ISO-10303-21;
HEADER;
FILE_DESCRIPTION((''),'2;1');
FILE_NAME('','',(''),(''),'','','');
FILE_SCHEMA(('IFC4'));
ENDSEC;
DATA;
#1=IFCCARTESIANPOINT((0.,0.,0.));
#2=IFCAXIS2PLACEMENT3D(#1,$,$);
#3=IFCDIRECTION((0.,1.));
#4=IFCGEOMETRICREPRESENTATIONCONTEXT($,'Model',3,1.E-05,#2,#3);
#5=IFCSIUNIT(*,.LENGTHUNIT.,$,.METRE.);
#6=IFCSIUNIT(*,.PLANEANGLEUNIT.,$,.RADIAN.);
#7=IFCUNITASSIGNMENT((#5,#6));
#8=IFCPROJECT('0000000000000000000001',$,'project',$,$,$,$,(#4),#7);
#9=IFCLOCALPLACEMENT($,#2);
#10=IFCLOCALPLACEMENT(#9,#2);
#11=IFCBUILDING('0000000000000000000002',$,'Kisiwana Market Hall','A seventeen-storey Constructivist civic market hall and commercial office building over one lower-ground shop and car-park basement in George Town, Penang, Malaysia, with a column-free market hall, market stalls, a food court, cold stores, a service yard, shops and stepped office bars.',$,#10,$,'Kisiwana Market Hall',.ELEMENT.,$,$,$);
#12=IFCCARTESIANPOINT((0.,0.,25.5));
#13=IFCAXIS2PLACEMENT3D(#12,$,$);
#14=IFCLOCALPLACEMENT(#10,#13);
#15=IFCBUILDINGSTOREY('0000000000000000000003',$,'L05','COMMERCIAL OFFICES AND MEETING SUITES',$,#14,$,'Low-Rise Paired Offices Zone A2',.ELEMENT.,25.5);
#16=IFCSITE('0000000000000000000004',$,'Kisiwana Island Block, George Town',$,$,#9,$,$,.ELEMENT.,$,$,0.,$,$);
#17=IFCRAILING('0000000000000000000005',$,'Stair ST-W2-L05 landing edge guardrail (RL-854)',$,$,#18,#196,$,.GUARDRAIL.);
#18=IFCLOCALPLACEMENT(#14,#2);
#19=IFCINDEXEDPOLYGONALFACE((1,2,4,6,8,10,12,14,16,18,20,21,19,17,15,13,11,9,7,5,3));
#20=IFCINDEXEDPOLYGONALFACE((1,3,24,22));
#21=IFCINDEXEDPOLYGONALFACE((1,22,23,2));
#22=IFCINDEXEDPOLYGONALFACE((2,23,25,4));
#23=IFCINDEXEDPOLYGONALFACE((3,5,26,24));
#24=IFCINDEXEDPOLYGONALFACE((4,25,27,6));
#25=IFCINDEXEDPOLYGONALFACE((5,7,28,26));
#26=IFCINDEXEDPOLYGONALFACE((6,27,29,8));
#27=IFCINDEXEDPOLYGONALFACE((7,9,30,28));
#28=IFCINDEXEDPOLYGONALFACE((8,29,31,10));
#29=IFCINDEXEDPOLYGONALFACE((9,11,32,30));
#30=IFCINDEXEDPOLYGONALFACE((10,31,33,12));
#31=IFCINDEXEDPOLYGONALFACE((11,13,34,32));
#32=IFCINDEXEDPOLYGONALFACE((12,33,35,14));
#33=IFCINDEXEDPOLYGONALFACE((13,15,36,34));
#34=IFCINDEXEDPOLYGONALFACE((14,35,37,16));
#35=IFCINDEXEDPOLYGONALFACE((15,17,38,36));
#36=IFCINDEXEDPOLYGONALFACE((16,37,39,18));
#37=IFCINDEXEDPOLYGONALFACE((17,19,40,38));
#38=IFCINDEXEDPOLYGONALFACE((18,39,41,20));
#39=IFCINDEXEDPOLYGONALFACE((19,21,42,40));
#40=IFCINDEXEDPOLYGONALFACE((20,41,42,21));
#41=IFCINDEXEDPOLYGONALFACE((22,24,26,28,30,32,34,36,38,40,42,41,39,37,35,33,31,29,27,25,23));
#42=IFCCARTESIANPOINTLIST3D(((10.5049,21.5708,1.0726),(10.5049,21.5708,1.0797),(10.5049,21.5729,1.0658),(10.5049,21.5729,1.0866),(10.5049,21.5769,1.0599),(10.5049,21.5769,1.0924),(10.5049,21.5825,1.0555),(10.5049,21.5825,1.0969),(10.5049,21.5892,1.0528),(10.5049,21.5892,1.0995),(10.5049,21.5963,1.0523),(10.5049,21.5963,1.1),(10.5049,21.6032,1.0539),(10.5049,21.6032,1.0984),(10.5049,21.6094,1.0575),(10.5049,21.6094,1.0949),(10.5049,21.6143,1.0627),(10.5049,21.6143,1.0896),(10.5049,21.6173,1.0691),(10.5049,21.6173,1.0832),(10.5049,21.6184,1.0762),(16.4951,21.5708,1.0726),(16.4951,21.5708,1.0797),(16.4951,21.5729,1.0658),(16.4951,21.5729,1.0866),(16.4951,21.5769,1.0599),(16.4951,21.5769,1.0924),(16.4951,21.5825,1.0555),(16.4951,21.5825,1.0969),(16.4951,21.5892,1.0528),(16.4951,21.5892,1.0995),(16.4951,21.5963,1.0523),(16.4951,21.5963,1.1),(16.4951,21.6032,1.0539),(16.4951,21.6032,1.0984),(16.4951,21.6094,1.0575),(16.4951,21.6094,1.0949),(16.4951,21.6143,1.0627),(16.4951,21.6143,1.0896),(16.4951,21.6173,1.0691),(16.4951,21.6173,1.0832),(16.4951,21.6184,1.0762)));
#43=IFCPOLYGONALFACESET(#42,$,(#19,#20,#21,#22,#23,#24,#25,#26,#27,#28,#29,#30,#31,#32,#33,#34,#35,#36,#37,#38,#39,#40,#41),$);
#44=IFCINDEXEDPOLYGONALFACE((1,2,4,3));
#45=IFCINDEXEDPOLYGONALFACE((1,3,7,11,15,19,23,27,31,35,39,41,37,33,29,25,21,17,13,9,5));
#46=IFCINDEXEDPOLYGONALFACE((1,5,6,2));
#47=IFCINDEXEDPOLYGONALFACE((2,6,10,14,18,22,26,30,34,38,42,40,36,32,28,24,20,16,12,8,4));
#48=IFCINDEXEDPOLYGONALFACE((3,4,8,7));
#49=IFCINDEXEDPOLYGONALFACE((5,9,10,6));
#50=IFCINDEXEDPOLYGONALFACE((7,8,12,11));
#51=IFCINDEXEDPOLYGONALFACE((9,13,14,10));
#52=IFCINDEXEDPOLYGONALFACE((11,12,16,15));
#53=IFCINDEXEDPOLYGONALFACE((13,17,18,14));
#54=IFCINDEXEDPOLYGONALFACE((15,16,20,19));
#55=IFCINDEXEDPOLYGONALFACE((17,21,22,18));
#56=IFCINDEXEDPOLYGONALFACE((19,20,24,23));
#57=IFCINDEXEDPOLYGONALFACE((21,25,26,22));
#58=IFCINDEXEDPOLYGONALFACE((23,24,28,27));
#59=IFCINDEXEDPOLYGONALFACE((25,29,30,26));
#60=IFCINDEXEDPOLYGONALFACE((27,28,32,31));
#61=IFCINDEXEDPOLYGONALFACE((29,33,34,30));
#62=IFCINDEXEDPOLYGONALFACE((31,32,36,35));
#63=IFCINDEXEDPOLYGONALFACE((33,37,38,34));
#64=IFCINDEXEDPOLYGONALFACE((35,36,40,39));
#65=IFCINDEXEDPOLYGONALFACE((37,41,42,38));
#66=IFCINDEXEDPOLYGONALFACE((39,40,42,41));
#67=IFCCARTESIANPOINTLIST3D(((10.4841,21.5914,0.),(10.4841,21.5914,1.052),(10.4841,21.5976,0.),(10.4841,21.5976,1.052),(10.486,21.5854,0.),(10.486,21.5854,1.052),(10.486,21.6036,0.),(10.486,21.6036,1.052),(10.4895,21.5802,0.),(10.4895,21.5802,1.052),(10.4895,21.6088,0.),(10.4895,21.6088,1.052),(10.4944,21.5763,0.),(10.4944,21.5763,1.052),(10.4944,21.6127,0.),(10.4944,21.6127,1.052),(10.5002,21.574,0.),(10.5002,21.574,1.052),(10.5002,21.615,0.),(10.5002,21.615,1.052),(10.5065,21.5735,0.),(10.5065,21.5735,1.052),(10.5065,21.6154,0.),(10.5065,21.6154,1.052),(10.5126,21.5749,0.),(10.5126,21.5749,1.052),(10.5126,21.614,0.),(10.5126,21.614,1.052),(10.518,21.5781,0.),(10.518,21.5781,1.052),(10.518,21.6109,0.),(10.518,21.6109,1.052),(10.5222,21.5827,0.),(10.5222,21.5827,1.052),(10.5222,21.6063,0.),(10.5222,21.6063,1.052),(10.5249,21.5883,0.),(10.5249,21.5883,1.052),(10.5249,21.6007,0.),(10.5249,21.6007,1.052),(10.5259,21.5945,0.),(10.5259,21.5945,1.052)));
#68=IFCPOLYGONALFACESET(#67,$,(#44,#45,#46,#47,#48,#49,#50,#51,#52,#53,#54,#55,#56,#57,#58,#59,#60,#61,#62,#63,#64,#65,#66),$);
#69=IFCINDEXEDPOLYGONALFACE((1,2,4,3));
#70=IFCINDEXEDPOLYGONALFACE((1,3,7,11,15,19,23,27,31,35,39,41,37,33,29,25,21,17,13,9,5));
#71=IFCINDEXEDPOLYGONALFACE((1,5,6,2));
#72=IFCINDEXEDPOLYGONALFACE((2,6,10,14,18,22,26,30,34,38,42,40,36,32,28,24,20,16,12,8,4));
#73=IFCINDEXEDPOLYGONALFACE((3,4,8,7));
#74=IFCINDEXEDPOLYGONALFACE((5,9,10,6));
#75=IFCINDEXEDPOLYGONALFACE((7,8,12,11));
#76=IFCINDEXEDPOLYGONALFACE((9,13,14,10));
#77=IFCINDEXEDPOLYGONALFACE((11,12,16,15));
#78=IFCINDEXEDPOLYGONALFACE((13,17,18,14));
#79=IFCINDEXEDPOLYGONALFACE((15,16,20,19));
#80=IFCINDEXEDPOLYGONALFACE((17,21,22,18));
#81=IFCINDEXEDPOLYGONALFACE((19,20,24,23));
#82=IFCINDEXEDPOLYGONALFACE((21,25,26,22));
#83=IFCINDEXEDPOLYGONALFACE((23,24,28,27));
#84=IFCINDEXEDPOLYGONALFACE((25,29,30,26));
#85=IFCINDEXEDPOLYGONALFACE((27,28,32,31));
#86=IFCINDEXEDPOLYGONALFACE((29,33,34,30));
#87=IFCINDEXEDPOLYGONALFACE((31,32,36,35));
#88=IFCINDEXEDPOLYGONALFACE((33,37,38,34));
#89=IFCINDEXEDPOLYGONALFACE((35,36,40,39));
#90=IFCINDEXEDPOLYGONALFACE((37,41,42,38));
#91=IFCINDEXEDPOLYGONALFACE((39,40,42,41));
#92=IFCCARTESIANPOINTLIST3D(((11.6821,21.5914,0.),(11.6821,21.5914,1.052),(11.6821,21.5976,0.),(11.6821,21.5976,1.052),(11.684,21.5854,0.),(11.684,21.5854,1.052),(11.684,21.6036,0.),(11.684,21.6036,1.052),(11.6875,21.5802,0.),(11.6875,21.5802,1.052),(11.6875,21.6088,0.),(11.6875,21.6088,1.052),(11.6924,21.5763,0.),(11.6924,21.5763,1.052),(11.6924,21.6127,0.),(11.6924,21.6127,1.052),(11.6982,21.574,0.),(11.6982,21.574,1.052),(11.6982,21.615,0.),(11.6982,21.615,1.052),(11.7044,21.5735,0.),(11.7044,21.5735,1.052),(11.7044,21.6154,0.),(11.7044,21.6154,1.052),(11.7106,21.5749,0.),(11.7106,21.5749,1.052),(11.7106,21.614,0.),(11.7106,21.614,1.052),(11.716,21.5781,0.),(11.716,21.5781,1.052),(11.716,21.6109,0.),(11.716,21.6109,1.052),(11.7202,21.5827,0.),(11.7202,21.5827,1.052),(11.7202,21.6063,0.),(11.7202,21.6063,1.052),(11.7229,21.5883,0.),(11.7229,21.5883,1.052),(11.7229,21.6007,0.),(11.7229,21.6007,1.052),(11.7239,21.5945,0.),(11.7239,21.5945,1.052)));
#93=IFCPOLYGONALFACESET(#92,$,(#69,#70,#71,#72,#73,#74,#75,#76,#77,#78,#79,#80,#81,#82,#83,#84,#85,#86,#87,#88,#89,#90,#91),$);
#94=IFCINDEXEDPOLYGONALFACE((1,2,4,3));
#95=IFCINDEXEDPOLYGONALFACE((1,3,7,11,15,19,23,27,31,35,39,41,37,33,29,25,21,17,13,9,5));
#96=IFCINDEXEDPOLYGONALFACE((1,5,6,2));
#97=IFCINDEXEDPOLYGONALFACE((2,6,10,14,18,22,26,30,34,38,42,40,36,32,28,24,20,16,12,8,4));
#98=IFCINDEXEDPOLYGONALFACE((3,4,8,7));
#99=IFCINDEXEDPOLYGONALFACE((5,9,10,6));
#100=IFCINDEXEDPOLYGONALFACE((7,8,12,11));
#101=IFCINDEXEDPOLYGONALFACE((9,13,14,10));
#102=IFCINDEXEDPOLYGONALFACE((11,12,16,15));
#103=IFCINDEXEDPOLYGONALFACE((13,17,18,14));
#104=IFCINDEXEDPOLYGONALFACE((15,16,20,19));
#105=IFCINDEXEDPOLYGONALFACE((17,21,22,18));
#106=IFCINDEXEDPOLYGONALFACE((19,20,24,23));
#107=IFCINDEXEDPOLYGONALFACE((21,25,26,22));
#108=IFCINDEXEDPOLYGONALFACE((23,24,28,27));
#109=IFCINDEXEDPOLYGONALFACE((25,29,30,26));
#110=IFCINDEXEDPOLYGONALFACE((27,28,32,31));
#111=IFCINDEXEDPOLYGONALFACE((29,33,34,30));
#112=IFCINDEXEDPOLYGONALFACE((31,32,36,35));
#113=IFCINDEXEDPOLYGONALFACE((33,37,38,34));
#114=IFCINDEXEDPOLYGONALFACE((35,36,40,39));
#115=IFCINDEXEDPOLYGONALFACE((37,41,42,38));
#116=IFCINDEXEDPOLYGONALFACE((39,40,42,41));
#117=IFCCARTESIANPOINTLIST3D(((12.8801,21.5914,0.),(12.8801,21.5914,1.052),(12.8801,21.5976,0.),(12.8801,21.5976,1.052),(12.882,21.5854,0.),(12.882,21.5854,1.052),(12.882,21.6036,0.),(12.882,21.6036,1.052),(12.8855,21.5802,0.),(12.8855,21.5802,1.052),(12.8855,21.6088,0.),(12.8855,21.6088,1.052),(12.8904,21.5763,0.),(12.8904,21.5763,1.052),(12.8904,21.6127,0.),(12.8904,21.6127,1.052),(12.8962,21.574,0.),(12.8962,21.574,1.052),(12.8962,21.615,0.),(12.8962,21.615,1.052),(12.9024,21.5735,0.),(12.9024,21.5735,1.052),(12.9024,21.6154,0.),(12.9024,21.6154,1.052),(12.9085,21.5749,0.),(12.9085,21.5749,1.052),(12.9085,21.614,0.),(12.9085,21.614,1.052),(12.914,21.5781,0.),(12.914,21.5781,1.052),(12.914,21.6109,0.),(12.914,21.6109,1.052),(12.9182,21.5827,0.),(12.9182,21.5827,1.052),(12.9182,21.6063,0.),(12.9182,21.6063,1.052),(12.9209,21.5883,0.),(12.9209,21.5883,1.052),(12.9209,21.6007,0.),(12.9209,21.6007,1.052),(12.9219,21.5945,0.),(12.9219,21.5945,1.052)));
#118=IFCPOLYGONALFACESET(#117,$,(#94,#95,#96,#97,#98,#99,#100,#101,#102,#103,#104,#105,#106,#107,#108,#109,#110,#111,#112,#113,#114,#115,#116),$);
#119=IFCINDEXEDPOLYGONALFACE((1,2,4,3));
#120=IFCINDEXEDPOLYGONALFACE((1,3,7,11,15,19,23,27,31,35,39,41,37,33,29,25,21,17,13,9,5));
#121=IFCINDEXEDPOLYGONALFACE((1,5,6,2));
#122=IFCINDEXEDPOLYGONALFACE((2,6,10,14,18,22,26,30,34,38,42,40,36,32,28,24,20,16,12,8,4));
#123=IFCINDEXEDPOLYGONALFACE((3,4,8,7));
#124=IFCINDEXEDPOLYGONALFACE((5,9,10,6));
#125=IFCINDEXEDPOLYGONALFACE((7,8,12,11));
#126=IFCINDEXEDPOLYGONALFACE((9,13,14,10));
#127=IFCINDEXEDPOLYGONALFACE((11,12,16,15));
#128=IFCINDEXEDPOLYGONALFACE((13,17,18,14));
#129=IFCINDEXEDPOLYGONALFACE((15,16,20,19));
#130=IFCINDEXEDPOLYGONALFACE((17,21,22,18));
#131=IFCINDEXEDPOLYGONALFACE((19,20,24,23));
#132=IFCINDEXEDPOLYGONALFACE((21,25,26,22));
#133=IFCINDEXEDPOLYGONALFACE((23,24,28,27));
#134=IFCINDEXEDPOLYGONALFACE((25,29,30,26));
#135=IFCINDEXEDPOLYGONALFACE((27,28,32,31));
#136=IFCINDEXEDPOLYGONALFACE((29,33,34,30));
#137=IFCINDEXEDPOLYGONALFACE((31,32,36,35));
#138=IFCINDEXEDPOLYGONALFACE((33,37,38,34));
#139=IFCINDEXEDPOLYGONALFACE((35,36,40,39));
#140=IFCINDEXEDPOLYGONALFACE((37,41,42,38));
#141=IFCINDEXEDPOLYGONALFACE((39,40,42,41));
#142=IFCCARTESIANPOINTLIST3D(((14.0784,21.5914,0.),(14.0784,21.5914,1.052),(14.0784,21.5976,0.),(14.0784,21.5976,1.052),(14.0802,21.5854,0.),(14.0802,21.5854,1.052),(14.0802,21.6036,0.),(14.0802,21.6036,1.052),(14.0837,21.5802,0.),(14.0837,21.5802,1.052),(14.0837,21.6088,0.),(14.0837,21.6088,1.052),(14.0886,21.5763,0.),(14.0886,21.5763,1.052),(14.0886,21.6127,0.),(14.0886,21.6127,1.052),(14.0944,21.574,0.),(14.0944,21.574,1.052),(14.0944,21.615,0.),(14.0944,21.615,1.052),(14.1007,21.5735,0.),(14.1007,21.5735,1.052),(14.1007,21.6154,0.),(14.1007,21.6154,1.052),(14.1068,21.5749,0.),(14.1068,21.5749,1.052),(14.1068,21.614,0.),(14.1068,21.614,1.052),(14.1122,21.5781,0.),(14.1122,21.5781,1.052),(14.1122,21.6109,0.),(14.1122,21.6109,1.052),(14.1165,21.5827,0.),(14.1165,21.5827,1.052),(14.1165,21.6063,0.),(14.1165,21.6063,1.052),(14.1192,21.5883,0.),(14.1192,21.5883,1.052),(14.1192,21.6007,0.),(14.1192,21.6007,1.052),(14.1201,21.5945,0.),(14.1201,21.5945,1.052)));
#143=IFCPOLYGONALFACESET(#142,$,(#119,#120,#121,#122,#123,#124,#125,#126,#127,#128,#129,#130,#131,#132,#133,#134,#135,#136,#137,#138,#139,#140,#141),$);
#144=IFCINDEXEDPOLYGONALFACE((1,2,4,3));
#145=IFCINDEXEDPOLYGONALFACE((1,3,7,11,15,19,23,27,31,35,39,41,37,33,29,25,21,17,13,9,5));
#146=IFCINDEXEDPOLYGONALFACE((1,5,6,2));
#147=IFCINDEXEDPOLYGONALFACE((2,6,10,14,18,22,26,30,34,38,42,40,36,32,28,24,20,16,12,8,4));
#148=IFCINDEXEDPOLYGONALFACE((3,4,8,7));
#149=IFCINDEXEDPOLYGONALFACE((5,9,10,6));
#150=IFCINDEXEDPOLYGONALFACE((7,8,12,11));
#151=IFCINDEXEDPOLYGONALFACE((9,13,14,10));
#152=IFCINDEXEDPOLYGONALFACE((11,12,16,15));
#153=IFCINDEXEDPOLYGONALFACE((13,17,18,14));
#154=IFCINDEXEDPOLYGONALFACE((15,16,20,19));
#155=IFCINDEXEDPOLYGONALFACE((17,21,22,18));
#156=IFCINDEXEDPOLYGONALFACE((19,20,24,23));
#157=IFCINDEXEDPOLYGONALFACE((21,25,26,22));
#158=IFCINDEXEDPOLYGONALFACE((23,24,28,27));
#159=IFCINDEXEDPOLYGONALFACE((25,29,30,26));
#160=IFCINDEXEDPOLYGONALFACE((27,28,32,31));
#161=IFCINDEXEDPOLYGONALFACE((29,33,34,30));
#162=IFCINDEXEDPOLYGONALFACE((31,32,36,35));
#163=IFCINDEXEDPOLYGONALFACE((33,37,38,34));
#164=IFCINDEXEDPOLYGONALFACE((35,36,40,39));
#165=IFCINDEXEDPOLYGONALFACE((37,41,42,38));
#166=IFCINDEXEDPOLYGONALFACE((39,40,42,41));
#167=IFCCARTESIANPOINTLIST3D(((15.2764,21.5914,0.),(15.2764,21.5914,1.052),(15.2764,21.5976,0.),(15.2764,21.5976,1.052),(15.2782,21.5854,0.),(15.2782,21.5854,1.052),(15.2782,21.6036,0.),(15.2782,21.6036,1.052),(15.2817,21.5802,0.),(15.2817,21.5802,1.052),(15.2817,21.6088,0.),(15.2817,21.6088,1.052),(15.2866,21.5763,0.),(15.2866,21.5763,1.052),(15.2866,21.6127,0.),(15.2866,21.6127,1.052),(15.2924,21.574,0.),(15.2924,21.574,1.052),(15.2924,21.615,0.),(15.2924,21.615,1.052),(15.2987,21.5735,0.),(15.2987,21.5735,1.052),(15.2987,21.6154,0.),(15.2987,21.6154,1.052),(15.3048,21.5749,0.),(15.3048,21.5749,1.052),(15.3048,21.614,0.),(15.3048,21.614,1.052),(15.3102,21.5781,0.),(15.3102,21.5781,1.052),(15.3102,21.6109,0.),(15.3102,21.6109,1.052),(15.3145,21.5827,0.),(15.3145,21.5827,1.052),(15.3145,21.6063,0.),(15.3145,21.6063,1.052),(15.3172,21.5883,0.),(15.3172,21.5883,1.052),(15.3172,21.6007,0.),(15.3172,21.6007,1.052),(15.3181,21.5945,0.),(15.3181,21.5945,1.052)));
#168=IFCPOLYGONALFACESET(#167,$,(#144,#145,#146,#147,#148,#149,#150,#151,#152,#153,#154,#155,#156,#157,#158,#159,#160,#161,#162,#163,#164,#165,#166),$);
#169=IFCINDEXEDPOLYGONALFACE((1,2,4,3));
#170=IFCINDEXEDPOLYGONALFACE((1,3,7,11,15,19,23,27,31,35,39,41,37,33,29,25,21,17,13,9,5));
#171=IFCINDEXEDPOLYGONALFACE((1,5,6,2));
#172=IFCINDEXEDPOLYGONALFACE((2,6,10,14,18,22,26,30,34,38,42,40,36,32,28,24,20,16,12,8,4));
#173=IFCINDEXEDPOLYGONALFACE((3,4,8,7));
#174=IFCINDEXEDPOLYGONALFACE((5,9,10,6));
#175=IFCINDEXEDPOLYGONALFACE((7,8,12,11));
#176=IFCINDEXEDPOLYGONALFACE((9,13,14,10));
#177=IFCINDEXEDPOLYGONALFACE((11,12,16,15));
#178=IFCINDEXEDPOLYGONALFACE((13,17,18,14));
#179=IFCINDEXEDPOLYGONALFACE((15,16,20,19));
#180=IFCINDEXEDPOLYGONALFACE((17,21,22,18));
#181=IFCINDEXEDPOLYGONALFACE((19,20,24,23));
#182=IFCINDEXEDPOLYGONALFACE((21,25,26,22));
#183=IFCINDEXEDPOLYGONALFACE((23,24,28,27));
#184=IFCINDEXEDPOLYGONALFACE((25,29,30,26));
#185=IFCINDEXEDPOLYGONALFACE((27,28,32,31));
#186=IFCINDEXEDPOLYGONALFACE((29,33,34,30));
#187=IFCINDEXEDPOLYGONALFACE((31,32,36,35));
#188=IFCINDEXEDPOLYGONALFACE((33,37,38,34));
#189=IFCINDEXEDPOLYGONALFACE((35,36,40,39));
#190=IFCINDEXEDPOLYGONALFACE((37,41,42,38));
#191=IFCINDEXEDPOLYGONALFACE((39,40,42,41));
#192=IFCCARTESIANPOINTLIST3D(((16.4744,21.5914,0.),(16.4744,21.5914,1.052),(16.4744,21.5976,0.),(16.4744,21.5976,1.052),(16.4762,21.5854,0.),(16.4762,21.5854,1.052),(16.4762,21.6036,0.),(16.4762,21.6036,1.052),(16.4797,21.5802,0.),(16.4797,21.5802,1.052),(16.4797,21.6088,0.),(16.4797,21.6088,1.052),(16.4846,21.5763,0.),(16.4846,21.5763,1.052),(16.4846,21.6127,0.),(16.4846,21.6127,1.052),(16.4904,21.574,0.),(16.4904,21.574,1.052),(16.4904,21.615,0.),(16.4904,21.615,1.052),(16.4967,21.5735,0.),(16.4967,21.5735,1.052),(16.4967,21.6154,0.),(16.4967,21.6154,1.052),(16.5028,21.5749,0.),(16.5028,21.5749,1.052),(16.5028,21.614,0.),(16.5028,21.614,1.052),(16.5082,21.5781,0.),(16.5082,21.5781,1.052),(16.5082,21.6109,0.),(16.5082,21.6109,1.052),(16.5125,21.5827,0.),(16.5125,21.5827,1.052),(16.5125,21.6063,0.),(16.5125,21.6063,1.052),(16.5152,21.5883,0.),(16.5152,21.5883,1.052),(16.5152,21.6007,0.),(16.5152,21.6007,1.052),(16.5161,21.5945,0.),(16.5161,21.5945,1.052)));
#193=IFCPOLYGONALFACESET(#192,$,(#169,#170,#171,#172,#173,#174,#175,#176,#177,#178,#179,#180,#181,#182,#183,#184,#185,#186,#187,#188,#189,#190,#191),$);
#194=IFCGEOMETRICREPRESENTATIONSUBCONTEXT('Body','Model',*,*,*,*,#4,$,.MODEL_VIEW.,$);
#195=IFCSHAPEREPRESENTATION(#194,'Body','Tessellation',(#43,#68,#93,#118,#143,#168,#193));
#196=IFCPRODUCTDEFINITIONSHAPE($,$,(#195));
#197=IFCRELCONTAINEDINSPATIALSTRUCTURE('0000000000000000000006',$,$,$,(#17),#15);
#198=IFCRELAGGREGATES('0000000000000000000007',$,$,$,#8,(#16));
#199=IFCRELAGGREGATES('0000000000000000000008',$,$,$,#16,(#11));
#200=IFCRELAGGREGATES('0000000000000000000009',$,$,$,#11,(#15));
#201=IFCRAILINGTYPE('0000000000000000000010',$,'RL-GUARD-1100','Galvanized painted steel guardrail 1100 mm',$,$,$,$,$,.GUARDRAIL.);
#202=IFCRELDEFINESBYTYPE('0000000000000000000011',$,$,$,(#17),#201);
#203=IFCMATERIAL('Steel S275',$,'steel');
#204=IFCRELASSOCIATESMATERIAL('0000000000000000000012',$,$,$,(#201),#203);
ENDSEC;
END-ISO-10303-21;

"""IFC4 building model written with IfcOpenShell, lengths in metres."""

from ifc_helpers import new_model, si_unit, direction, frame, origin, origin_2d, place, context, subcontext, project, spatial, circle, extrude, material, type_object, element, save


model = new_model("IFC4")

# Units and contexts
model_context = context("Model", 3, precision=1e-05, world=origin(), true_north=direction((0.0, 1.0)))
body_context = subcontext(model_context, "Body", "Model", "MODEL_VIEW")
ifc_project = project(units=[si_unit("LENGTHUNIT", "METRE"), si_unit("PLANEANGLEUNIT", "RADIAN")], contexts=[model_context])

# Site, building, storey
site_placement = place(None, origin())
site = spatial("IfcSite", under=ifc_project, at=site_placement, Name="Kisiwana Island Block, George Town", CompositionType="ELEMENT", RefElevation=0.0)
building_placement = place(site_placement, origin())
building = spatial("IfcBuilding", under=site, at=building_placement, Name="Kisiwana Market Hall", Description="A seventeen-storey Constructivist civic market hall and commercial office building over one lower-ground shop and car-park basement in George Town, Penang, Malaysia, with a column-free market hall, market stalls, a food court, cold stores, a service yard, shops and stepped office bars.", LongName="Kisiwana Market Hall", CompositionType="ELEMENT")
storey_placement = place(building_placement, frame((0.0, 0.0, 25.5)))
storey = spatial("IfcBuildingStorey", under=building, at=storey_placement, Name="L05", Description="COMMERCIAL OFFICES AND MEETING SUITES", LongName="Low-Rise Paired Offices Zone A2", CompositionType="ELEMENT", Elevation=25.5)

# Railing
ifc_material_1 = material(Name="Steel S275", Category="steel")
railing_type_1 = type_object("IfcRailingType", Name="RL-GUARD-1100", Description="Galvanized painted steel guardrail 1100 mm", PredefinedType="GUARDRAIL", material=ifc_material_1)
railing_1_placement = place(storey_placement, frame((10.5049, 21.5945, 0.0)))
element("IfcRailing", 1, at=railing_1_placement, inside=storey, type_object=railing_type_1, Name="Stair ST-W2-L05 landing edge guardrail (RL-854)", PredefinedType="GUARDRAIL", context=body_context, shape_type="SweptSolid", body=[
    extrude(circle(Radius=0.0239, at=origin_2d()), frame((0.0, 0.0, 1.0762), z_axis=(1.0, 0.0, 0.0), x_axis=(0.0, 1.0, 0.0)), (0.0, 0.0, 1.0), 5.9902),
    extrude(circle(Radius=0.021, at=origin_2d()), origin(), (0.0, 0.0, 1.0), 1.052),
    extrude(circle(Radius=0.021, at=origin_2d()), frame((1.198, 0.0, 0.0)), (0.0, 0.0, 1.0), 1.052),
    extrude(circle(Radius=0.021, at=origin_2d()), frame((2.396, 0.0, 0.0)), (0.0, 0.0, 1.0), 1.052),
    extrude(circle(Radius=0.021, at=origin_2d()), frame((3.5942, 0.0, 0.0)), (0.0, 0.0, 1.0), 1.052),
    extrude(circle(Radius=0.021, at=origin_2d()), frame((4.7922, 0.0, 0.0)), (0.0, 0.0, 1.0), 1.052),
    extrude(circle(Radius=0.021, at=origin_2d()), frame((5.9902, 0.0, 0.0)), (0.0, 0.0, 1.0), 1.052),
])

save(model, "model.ifc")
